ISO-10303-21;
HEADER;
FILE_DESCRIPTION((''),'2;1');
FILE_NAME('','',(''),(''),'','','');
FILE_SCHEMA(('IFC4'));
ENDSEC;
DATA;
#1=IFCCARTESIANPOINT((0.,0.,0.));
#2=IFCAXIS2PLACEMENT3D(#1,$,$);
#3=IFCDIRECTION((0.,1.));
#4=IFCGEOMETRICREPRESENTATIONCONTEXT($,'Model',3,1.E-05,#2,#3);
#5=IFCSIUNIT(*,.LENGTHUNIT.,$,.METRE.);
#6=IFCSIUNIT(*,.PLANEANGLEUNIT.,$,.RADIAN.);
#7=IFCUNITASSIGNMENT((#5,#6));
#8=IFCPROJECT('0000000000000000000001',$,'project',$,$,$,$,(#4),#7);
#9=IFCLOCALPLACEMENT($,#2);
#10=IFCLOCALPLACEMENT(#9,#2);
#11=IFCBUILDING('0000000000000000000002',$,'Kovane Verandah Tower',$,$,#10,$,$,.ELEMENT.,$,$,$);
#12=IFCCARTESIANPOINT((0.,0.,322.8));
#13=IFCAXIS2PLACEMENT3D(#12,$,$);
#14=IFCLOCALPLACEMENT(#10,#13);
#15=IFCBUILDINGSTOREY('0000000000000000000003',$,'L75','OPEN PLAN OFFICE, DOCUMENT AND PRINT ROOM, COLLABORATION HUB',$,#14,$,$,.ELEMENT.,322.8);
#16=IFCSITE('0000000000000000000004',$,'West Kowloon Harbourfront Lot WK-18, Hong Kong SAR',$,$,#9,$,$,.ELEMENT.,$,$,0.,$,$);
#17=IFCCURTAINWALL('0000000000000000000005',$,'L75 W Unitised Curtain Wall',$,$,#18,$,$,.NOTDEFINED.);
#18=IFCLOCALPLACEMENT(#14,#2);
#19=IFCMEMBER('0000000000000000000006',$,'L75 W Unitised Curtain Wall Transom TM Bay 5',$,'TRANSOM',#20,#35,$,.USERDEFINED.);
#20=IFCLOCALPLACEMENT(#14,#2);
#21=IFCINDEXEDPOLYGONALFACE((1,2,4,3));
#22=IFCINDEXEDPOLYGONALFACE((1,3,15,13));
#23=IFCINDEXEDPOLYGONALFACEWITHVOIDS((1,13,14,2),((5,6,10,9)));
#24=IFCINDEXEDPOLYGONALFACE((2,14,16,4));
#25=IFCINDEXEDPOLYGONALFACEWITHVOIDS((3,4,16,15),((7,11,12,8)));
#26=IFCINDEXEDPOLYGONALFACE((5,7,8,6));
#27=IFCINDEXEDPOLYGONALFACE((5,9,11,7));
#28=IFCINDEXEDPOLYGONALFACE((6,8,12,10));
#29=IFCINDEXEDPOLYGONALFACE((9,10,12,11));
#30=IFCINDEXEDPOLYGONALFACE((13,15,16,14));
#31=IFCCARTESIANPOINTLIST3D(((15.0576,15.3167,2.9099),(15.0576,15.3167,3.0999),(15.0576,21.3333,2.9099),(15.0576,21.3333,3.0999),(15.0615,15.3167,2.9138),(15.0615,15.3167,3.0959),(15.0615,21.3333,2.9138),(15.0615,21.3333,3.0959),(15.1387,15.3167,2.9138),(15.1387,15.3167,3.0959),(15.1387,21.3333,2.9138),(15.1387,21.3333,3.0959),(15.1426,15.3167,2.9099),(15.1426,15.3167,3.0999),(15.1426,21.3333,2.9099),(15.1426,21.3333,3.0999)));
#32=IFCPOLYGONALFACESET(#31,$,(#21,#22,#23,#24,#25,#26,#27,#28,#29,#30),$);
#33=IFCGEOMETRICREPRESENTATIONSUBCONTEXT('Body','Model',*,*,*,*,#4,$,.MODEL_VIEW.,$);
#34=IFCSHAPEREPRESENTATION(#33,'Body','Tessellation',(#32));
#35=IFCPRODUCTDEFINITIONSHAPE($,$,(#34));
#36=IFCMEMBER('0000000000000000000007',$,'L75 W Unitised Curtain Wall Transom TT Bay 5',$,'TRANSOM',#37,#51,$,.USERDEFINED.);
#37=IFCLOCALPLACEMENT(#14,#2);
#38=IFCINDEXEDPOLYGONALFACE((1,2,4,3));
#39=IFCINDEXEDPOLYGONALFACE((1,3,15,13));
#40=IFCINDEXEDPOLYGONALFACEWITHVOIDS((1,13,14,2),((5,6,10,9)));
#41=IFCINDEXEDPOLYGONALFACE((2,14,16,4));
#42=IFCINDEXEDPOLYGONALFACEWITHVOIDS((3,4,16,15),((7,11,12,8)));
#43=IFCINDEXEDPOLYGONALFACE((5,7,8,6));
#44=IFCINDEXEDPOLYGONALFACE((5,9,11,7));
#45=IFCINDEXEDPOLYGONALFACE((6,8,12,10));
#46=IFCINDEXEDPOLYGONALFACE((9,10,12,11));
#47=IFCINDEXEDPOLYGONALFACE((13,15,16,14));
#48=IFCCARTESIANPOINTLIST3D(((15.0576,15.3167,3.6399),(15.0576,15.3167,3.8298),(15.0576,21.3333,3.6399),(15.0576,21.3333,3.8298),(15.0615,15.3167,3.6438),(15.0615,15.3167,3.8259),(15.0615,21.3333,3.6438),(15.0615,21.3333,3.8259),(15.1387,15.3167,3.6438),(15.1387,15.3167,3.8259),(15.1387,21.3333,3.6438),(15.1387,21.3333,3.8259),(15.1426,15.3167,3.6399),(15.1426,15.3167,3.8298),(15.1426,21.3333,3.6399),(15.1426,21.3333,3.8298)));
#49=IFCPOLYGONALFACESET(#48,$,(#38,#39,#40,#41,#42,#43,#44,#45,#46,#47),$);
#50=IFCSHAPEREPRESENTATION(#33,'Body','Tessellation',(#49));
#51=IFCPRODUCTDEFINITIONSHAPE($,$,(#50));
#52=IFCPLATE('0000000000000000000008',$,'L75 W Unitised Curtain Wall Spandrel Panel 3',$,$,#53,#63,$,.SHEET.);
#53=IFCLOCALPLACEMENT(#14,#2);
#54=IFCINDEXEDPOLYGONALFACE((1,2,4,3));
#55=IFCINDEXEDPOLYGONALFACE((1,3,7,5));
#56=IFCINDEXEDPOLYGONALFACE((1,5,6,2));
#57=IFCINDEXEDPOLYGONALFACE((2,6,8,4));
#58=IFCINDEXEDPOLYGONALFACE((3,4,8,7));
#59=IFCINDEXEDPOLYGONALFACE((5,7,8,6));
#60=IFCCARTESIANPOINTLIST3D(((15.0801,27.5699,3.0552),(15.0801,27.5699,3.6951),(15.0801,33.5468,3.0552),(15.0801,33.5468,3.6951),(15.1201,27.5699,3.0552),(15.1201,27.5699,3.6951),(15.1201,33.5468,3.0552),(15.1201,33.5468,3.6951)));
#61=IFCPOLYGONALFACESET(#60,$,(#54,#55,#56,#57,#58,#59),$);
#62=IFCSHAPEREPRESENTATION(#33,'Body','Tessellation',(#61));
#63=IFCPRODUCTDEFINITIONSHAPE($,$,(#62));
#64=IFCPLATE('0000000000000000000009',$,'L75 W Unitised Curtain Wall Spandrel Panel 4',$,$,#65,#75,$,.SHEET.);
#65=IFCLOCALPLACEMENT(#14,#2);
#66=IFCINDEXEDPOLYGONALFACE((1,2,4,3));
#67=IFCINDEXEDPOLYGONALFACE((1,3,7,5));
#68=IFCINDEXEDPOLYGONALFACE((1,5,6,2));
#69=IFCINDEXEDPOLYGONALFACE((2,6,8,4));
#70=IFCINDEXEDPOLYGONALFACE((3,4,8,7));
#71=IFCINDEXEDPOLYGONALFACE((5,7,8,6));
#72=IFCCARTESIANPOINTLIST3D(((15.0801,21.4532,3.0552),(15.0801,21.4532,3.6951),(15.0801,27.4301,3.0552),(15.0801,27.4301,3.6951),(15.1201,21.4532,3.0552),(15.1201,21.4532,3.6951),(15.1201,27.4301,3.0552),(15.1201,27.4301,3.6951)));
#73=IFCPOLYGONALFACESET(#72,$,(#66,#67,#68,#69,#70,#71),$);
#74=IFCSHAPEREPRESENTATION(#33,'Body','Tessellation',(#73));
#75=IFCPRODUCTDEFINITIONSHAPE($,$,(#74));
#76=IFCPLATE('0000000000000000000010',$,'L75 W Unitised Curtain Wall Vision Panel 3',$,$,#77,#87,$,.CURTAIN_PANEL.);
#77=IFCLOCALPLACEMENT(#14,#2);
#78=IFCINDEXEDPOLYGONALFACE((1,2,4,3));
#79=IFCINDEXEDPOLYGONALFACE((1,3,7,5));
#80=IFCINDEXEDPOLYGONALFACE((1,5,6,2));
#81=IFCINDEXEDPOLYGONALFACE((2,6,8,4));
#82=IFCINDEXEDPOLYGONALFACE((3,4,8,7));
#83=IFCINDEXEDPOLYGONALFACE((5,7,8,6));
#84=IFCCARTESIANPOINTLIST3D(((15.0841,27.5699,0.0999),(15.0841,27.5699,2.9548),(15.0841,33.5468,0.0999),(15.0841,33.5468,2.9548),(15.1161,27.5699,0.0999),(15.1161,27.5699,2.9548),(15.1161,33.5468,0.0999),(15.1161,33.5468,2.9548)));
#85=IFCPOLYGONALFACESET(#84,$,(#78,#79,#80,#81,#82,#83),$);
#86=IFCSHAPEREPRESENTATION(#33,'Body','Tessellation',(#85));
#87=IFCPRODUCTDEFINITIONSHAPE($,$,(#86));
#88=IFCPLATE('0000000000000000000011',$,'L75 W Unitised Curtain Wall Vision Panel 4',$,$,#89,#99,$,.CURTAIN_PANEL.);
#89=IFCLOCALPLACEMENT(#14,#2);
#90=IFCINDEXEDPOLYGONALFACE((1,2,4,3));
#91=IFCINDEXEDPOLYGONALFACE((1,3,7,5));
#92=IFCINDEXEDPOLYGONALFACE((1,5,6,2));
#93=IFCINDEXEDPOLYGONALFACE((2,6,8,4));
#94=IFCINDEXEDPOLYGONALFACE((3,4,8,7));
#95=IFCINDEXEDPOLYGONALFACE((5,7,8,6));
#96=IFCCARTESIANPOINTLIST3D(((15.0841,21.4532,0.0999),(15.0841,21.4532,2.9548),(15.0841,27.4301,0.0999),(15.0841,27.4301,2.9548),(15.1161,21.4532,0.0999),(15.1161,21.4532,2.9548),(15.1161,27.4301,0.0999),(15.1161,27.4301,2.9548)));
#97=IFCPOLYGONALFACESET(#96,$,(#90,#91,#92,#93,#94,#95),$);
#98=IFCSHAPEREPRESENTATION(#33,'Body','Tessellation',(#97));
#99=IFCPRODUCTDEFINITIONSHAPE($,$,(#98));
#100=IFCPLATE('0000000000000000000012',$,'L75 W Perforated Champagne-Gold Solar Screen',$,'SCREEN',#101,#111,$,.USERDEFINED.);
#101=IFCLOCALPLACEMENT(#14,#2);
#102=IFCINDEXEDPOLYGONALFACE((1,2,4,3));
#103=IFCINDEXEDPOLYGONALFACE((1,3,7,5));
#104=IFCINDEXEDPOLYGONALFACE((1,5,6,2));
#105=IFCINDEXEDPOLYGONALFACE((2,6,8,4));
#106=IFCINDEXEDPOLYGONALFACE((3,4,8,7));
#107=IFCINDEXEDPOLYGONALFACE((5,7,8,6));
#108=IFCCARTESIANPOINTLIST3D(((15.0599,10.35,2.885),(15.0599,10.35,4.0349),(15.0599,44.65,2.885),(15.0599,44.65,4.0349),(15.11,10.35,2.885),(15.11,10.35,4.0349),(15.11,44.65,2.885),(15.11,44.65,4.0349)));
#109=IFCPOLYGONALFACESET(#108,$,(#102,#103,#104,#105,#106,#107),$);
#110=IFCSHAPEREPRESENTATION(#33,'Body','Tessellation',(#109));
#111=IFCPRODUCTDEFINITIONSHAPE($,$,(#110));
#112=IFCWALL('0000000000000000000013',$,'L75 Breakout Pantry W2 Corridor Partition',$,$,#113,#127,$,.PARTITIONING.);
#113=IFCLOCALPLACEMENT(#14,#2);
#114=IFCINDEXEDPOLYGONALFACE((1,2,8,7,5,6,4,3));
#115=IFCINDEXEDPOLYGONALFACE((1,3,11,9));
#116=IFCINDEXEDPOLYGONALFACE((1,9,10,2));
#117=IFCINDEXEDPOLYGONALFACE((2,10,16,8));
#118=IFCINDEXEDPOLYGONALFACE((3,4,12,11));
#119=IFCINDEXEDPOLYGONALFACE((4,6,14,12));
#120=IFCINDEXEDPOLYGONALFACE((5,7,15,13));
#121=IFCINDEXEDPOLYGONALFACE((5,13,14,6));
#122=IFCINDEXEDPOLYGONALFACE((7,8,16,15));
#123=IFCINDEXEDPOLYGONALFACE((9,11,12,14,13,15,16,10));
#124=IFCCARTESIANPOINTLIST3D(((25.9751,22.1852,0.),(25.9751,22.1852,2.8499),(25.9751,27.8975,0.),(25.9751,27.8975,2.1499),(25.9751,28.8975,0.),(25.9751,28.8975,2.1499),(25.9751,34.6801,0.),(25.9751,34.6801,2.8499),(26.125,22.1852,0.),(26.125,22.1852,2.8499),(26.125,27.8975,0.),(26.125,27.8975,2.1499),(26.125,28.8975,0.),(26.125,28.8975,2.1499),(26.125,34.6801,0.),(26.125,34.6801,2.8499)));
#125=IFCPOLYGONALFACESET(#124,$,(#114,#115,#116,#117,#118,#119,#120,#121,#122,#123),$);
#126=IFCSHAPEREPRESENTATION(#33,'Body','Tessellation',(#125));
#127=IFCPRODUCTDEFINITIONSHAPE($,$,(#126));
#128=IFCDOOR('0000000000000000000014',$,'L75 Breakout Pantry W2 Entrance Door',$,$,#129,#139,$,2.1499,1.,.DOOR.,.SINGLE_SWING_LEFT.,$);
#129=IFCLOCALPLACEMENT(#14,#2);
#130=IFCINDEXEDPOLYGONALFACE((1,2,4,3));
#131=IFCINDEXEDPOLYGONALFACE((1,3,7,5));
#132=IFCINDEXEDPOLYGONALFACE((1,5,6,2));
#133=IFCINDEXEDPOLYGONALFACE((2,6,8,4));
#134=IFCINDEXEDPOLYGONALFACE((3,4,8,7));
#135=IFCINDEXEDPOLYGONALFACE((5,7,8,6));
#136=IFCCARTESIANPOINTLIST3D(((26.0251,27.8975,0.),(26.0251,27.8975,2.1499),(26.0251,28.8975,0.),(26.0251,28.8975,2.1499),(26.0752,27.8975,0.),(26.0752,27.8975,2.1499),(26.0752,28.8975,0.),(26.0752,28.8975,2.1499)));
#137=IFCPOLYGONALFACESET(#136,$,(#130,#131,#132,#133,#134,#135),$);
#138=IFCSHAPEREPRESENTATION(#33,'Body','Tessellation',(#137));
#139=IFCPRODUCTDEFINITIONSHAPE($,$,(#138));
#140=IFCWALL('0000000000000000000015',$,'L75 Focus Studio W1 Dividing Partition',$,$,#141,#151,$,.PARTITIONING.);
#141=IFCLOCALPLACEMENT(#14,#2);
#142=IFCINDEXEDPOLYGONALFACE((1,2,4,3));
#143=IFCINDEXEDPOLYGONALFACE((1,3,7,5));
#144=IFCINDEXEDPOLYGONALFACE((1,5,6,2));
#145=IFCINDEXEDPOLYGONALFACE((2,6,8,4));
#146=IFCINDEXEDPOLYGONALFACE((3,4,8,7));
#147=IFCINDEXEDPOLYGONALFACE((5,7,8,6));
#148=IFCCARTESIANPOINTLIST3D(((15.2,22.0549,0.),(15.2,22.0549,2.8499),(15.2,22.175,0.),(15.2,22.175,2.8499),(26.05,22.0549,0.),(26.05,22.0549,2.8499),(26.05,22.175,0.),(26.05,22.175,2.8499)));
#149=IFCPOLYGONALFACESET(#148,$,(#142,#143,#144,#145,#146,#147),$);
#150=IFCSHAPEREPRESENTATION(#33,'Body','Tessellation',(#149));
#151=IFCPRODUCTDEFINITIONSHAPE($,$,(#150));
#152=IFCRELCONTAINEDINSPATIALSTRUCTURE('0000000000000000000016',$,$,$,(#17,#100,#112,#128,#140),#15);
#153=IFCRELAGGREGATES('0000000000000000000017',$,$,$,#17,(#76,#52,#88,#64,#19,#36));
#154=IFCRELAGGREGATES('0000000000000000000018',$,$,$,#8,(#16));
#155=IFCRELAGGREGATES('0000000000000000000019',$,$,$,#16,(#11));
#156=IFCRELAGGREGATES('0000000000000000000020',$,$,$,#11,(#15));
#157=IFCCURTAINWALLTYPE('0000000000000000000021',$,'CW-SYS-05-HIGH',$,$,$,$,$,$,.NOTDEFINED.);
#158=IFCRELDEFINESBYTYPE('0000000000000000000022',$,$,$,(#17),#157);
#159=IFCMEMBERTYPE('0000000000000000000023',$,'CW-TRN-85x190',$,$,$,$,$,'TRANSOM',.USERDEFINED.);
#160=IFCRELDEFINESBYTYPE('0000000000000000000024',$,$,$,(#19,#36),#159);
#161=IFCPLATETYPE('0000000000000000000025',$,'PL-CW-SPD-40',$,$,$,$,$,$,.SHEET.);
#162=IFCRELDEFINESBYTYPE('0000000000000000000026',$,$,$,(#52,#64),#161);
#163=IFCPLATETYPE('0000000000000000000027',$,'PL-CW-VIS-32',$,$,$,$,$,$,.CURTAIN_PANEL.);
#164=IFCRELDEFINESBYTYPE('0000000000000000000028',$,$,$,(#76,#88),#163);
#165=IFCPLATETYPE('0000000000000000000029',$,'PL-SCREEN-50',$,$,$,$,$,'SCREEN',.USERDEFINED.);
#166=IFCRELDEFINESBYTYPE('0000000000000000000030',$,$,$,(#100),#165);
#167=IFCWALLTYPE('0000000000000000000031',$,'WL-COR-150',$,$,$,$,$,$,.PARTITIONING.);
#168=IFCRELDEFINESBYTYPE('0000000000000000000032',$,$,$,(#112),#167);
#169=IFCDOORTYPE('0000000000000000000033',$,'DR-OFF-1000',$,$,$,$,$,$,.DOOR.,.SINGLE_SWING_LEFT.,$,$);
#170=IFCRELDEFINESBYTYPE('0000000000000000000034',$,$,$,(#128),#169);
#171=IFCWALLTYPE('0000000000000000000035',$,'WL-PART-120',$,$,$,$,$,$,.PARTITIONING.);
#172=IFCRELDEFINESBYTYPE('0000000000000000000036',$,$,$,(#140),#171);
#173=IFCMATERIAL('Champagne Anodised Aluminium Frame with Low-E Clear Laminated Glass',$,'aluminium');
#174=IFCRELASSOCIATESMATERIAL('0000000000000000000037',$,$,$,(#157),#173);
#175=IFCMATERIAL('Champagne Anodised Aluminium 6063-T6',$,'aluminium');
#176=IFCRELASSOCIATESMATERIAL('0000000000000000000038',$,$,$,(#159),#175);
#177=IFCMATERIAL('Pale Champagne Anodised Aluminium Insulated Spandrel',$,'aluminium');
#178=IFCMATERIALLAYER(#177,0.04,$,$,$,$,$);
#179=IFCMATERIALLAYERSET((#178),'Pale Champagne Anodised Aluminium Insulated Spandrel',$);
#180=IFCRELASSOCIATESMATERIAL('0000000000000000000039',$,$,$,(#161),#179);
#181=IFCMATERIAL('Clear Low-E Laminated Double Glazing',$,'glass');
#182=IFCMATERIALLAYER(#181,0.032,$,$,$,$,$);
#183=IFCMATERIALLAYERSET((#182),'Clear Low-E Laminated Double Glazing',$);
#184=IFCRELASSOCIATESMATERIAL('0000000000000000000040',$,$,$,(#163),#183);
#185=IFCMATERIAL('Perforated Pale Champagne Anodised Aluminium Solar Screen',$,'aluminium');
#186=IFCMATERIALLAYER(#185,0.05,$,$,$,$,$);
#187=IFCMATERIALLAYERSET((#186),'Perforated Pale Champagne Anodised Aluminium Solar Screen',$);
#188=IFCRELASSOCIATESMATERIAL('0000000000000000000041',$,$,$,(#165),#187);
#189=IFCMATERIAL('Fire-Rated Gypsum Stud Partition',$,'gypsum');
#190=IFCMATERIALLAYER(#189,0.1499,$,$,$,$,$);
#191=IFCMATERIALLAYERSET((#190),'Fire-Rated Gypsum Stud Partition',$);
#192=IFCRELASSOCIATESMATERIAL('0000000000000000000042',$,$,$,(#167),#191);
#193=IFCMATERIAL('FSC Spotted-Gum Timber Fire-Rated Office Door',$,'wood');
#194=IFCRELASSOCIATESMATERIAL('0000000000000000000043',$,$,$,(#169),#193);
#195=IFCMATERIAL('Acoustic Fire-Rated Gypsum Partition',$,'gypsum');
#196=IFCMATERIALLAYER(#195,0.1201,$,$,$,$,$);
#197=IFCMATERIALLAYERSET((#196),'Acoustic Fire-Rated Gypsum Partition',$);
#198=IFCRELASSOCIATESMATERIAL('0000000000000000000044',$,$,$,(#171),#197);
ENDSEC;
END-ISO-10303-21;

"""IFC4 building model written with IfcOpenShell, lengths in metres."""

from ifc_helpers import new_model, si_unit, direction, frame, frame_2d, origin, origin_2d, place, context, subcontext, project, spatial, rectangle, hollow_rectangle, extrude, material, layer, layer_set, material_profile, profile_set, type_object, element, fill, aggregate, save


model = new_model("IFC4")

# Units and contexts
model_context = context("Model", 3, precision=1e-05, world=origin(), true_north=direction((0.0, 1.0)))
body_context = subcontext(model_context, "Body", "Model", "MODEL_VIEW")
ifc_project = project(units=[si_unit("LENGTHUNIT", "METRE"), si_unit("PLANEANGLEUNIT", "RADIAN")], contexts=[model_context])

# Site, building, storey
site_placement = place(None, origin())
site = spatial("IfcSite", under=ifc_project, at=site_placement, Name="West Kowloon Harbourfront Lot WK-18, Hong Kong SAR", CompositionType="ELEMENT", RefElevation=0.0)
building_placement = place(site_placement, origin())
building = spatial("IfcBuilding", under=site, at=building_placement, Name="Kovane Verandah Tower", CompositionType="ELEMENT")
storey_placement = place(building_placement, frame((0.0, 0.0, 322.8)))
storey = spatial("IfcBuildingStorey", under=building, at=storey_placement, Name="L75", Description="OPEN PLAN OFFICE, DOCUMENT AND PRINT ROOM, COLLABORATION HUB", CompositionType="ELEMENT", Elevation=322.8)

# Curtain wall, members, plates
ifc_material_1 = material(Name="Champagne Anodised Aluminium Frame with Low-E Clear Laminated Glass", Category="aluminium")
curtain_wall_type = type_object("IfcCurtainWallType", Name="CW-SYS-05-HIGH", PredefinedType="NOTDEFINED", material=ifc_material_1)
curtain_wall_placement = place(storey_placement, origin())
curtain_wall = element("IfcCurtainWall", 1, at=curtain_wall_placement, inside=storey, type_object=curtain_wall_type, Name="L75 W Unitised Curtain Wall", PredefinedType="NOTDEFINED")
ifc_material_2 = material(Name="Champagne Anodised Aluminium 6063-T6", Category="aluminium")
ifc_material_profile_1 = material_profile(ifc_material_2, hollow_rectangle(XDim=0.085, YDim=0.1899, WallThickness=0.0039, at=origin_2d()), Name="AL85x190x4")
ifc_profile_set_1 = profile_set([ifc_material_profile_1], Name="Champagne Anodised Aluminium 6063-T6")
member_type_1 = type_object("IfcMemberType", Name="CW-TRN-85x190", ElementType="TRANSOM", PredefinedType="USERDEFINED", material=ifc_profile_set_1)
member_1_placement = place(storey_placement, frame((15.1001, 21.3333, 3.0049), z_axis=(0.0, -1.0, 0.0), x_axis=(1.0, 0.0, 0.0)))
member_1 = element("IfcMember", 2, at=member_1_placement, type_object=member_type_1, Name="L75 W Unitised Curtain Wall Transom TM Bay 5", ObjectType="TRANSOM", PredefinedType="USERDEFINED", context=body_context, shape_type="SweptSolid", body=[
    extrude(hollow_rectangle(XDim=0.085, YDim=0.1899, WallThickness=0.0039, at=origin_2d()), origin(), (0.0, 0.0, 1.0), 6.0166),
])
member_2_placement = place(storey_placement, frame((15.1001, 21.3333, 3.7349), z_axis=(0.0, -1.0, 0.0), x_axis=(1.0, 0.0, 0.0)))
member_2 = element("IfcMember", 3, at=member_2_placement, type_object=member_type_1, Name="L75 W Unitised Curtain Wall Transom TT Bay 5", ObjectType="TRANSOM", PredefinedType="USERDEFINED", context=body_context, shape_type="SweptSolid", body=[
    extrude(hollow_rectangle(XDim=0.085, YDim=0.1899, WallThickness=0.0039, at=origin_2d()), origin(), (0.0, 0.0, 1.0), 6.0166),
])
ifc_material_3 = material(Name="Pale Champagne Anodised Aluminium Insulated Spandrel", Category="aluminium")
ifc_layer_1 = layer(ifc_material_3, 0.04)
ifc_layer_set_1 = layer_set([ifc_layer_1], Name="Pale Champagne Anodised Aluminium Insulated Spandrel")
plate_type_1 = type_object("IfcPlateType", Name="PL-CW-SPD-40", PredefinedType="SHEET", material=ifc_layer_set_1)
plate_1_placement = place(storey_placement, frame((15.1001, 30.5583, 3.0552), z_axis=(0.0, 0.0, 1.0), x_axis=(0.0, -1.0, 0.0)))
plate_1 = element("IfcPlate", 4, at=plate_1_placement, type_object=plate_type_1, Name="L75 W Unitised Curtain Wall Spandrel Panel 3", PredefinedType="SHEET", context=body_context, shape_type="SweptSolid", body=[
    extrude(rectangle(XDim=5.9768, YDim=0.04, at=origin_2d()), origin(), (0.0, 0.0, 1.0), 0.6399),
])
plate_2_placement = place(storey_placement, frame((15.1001, 24.4417, 3.0552), z_axis=(0.0, 0.0, 1.0), x_axis=(0.0, -1.0, 0.0)))
plate_2 = element("IfcPlate", 5, at=plate_2_placement, type_object=plate_type_1, Name="L75 W Unitised Curtain Wall Spandrel Panel 4", PredefinedType="SHEET", context=body_context, shape_type="SweptSolid", body=[
    extrude(rectangle(XDim=5.9768, YDim=0.04, at=origin_2d()), origin(), (0.0, 0.0, 1.0), 0.6399),
])
ifc_material_4 = material(Name="Clear Low-E Laminated Double Glazing", Category="glass")
ifc_layer_2 = layer(ifc_material_4, 0.032)
ifc_layer_set_2 = layer_set([ifc_layer_2], Name="Clear Low-E Laminated Double Glazing")
plate_type_2 = type_object("IfcPlateType", Name="PL-CW-VIS-32", PredefinedType="CURTAIN_PANEL", material=ifc_layer_set_2)
plate_3_placement = place(storey_placement, frame((15.1001, 30.5583, 0.0999), z_axis=(0.0, 0.0, 1.0), x_axis=(0.0, -1.0, 0.0)))
plate_3 = element("IfcPlate", 6, at=plate_3_placement, type_object=plate_type_2, Name="L75 W Unitised Curtain Wall Vision Panel 3", PredefinedType="CURTAIN_PANEL", context=body_context, shape_type="SweptSolid", body=[
    extrude(rectangle(XDim=5.9768, YDim=0.032, at=origin_2d()), origin(), (0.0, 0.0, 1.0), 2.855),
])
plate_4_placement = place(storey_placement, frame((15.1001, 24.4417, 0.0999), z_axis=(0.0, 0.0, 1.0), x_axis=(0.0, -1.0, 0.0)))
plate_4 = element("IfcPlate", 7, at=plate_4_placement, type_object=plate_type_2, Name="L75 W Unitised Curtain Wall Vision Panel 4", PredefinedType="CURTAIN_PANEL", context=body_context, shape_type="SweptSolid", body=[
    extrude(rectangle(XDim=5.9768, YDim=0.032, at=origin_2d()), origin(), (0.0, 0.0, 1.0), 2.855),
])
aggregate(curtain_wall, [plate_3, plate_1, plate_4, plate_2, member_1, member_2])

# Plate
ifc_material_5 = material(Name="Perforated Pale Champagne Anodised Aluminium Solar Screen", Category="aluminium")
ifc_layer_3 = layer(ifc_material_5, 0.05)
ifc_layer_set_3 = layer_set([ifc_layer_3], Name="Perforated Pale Champagne Anodised Aluminium Solar Screen")
plate_type_3 = type_object("IfcPlateType", Name="PL-SCREEN-50", ElementType="SCREEN", PredefinedType="USERDEFINED", material=ifc_layer_set_3)
plate_5_placement = place(storey_placement, frame((15.085, 27.5, 2.885), z_axis=(0.0, 0.0, 1.0), x_axis=(0.0, -1.0, 0.0)))
element("IfcPlate", 8, at=plate_5_placement, inside=storey, type_object=plate_type_3, Name="L75 W Perforated Champagne-Gold Solar Screen", ObjectType="SCREEN", PredefinedType="USERDEFINED", context=body_context, shape_type="SweptSolid", body=[
    extrude(rectangle(XDim=34.3, YDim=0.05, at=origin_2d()), origin(), (0.0, 0.0, 1.0), 1.1499),
])

# Wall, opening, door
ifc_material_6 = material(Name="Fire-Rated Gypsum Stud Partition", Category="gypsum")
ifc_layer_4 = layer(ifc_material_6, 0.1499)
ifc_layer_set_4 = layer_set([ifc_layer_4], Name="Fire-Rated Gypsum Stud Partition")
wall_type_1 = type_object("IfcWallType", Name="WL-COR-150", PredefinedType="PARTITIONING", material=ifc_layer_set_4)
wall_1_placement = place(storey_placement, frame((26.05, 22.1851, 0.0), z_axis=(0.0, 0.0, 1.0), x_axis=(0.0, 1.0, 0.0)))
wall_1 = element("IfcWall", 9, at=wall_1_placement, inside=storey, type_object=wall_type_1, Name="L75 Breakout Pantry W2 Corridor Partition", PredefinedType="PARTITIONING", context=body_context, shape_type="SweptSolid", body=[
    extrude(rectangle(XDim=12.4949, YDim=0.1499, at=frame_2d((6.2476, 0.0))), origin(), (0.0, 0.0, 1.0), 2.8499),
])
opening_placement = place(wall_1_placement, frame((5.7124, 0.0, 0.0)))
opening = element("IfcOpeningElement", 10, at=opening_placement, cuts=wall_1, PredefinedType="OPENING", context=body_context, shape_type="SweptSolid", body=[
    extrude(rectangle(XDim=1.0, YDim=2.1499, at=frame_2d((0.5, 1.075))), frame((0.0, 0.075, 0.0), z_axis=(0.0, -1.0, 0.0), x_axis=(1.0, 0.0, 0.0)), (0.0, 0.0, 1.0), 0.1499),
])
ifc_material_7 = material(Name="FSC Spotted-Gum Timber Fire-Rated Office Door", Category="wood")
door_type = type_object("IfcDoorType", Name="DR-OFF-1000", OperationType="SINGLE_SWING_LEFT", PredefinedType="DOOR", material=ifc_material_7)
door_placement = place(opening_placement, origin())
door = element("IfcDoor", 11, at=door_placement, inside=storey, type_object=door_type, Name="L75 Breakout Pantry W2 Entrance Door", OperationType="SINGLE_SWING_LEFT", OverallHeight=2.1499, OverallWidth=1.0, PredefinedType="DOOR", context=body_context, shape_type="SweptSolid", body=[
    extrude(rectangle(XDim=1.0, YDim=2.1499, at=frame_2d((0.5, 1.075))), frame((0.0, 0.0249, 0.0), z_axis=(0.0, -1.0, 0.0), x_axis=(1.0, 0.0, 0.0)), (0.0, 0.0, 1.0), 0.05),
])
fill(opening, door)

# Wall
ifc_material_8 = material(Name="Acoustic Fire-Rated Gypsum Partition", Category="gypsum")
ifc_layer_5 = layer(ifc_material_8, 0.1201)
ifc_layer_set_5 = layer_set([ifc_layer_5], Name="Acoustic Fire-Rated Gypsum Partition")
wall_type_2 = type_object("IfcWallType", Name="WL-PART-120", PredefinedType="PARTITIONING", material=ifc_layer_set_5)
wall_2_placement = place(storey_placement, frame((15.2, 22.115, 0.0), z_axis=(0.0, 0.0, 1.0), x_axis=(1.0, 0.0, 0.0)))
element("IfcWall", 12, at=wall_2_placement, inside=storey, type_object=wall_type_2, Name="L75 Focus Studio W1 Dividing Partition", PredefinedType="PARTITIONING", context=body_context, shape_type="SweptSolid", body=[
    extrude(rectangle(XDim=10.8501, YDim=0.1201, at=frame_2d((5.425, 0.0))), origin(), (0.0, 0.0, 1.0), 2.8499),
])

save(model, "model.ifc")
